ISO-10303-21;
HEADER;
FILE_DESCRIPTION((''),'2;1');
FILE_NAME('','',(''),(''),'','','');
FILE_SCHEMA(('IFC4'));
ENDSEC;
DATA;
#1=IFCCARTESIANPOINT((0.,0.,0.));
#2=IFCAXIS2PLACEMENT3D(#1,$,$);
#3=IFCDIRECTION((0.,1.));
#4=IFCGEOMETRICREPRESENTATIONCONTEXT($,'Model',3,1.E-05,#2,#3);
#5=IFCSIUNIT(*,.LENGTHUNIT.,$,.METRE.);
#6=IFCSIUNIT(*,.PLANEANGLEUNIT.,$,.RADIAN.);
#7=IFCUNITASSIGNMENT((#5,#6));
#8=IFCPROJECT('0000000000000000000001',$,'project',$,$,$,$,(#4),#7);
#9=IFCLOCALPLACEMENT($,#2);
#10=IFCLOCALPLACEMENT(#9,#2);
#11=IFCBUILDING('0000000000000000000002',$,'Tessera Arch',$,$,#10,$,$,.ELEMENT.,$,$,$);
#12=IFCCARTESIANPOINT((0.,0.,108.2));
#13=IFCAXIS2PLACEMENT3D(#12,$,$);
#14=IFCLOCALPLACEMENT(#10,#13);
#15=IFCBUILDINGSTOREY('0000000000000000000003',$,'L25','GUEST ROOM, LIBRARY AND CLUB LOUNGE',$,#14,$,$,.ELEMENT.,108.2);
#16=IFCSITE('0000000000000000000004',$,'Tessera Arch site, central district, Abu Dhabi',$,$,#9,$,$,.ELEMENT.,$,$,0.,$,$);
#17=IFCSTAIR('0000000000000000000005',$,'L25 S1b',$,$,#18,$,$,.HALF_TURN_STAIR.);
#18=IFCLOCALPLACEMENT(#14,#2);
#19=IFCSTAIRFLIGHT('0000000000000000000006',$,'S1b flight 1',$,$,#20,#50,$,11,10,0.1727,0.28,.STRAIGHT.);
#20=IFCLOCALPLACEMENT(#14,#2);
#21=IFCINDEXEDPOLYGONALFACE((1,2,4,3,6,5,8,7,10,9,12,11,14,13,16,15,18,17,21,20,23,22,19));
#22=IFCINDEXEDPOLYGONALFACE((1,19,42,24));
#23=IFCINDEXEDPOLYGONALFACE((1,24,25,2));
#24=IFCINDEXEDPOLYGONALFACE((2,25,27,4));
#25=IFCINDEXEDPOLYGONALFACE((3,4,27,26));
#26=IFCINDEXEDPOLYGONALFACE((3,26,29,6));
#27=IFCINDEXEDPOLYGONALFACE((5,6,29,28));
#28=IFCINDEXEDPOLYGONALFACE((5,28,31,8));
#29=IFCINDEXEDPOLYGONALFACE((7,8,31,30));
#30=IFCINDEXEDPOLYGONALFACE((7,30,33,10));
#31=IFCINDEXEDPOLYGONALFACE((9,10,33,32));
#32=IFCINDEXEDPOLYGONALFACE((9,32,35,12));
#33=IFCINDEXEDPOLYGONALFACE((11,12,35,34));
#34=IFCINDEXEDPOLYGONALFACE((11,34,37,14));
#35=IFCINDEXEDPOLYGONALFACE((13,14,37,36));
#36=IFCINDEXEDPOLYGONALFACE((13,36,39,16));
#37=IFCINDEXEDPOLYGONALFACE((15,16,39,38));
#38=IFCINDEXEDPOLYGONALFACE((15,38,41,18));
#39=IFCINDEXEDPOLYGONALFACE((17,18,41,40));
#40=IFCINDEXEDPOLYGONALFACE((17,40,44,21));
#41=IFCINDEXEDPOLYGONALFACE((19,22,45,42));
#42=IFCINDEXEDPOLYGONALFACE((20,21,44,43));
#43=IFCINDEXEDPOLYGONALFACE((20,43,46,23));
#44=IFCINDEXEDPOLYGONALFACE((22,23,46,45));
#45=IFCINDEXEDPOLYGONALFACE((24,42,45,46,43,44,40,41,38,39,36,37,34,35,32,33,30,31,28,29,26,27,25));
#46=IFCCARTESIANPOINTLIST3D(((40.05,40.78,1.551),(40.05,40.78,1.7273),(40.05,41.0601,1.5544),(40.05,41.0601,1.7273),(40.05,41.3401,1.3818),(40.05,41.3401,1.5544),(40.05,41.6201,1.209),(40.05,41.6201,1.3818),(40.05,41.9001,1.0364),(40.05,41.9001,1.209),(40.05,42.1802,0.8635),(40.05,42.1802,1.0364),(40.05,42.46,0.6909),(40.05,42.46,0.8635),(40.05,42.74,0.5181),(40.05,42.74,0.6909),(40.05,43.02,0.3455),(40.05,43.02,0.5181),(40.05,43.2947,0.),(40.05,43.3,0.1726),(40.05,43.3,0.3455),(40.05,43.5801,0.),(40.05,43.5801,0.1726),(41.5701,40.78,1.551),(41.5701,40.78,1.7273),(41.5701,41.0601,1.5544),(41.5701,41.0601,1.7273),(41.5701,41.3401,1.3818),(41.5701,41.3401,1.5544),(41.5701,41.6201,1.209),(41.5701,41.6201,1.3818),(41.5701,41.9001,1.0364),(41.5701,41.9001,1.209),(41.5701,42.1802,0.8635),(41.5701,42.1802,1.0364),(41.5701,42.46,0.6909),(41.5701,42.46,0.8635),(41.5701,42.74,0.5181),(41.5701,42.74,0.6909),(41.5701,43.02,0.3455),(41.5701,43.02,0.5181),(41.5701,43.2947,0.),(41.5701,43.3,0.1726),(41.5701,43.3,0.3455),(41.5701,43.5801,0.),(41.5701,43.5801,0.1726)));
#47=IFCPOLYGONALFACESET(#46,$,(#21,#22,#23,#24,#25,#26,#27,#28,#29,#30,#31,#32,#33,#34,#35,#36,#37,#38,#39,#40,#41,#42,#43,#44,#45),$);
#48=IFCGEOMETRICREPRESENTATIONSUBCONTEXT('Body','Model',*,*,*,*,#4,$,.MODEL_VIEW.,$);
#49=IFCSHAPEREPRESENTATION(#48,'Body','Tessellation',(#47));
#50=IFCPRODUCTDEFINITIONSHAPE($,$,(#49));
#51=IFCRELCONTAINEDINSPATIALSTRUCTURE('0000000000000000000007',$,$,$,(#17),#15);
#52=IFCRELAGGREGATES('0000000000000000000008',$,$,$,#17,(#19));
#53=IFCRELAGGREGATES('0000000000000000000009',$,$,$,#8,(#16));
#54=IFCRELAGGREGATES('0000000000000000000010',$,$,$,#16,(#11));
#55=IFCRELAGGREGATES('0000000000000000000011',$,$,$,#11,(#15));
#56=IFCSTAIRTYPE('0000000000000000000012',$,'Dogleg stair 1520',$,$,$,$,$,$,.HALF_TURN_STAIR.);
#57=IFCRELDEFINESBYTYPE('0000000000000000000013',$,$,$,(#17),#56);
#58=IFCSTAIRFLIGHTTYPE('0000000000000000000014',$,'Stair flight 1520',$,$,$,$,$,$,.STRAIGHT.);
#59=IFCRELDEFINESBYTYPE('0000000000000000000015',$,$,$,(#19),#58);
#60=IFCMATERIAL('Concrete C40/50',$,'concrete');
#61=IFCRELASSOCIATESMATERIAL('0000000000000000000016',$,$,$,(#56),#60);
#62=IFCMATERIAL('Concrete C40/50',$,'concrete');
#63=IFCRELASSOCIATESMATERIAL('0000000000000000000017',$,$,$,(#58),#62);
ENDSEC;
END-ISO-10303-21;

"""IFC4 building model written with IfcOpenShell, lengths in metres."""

from ifc_helpers import new_model, si_unit, direction, frame, origin, place, context, subcontext, project, spatial, polyline, outline, extrude, material, type_object, element, aggregate, save


model = new_model("IFC4")

# Units and contexts
model_context = context("Model", 3, precision=1e-05, world=origin(), true_north=direction((0.0, 1.0)))
body_context = subcontext(model_context, "Body", "Model", "MODEL_VIEW")
ifc_project = project(units=[si_unit("LENGTHUNIT", "METRE"), si_unit("PLANEANGLEUNIT", "RADIAN")], contexts=[model_context])

# Site, building, storey
site_placement = place(None, origin())
site = spatial("IfcSite", under=ifc_project, at=site_placement, Name="Tessera Arch site, central district, Abu Dhabi", CompositionType="ELEMENT", RefElevation=0.0)
building_placement = place(site_placement, origin())
building = spatial("IfcBuilding", under=site, at=building_placement, Name="Tessera Arch", CompositionType="ELEMENT")
storey_placement = place(building_placement, frame((0.0, 0.0, 108.2)))
storey = spatial("IfcBuildingStorey", under=building, at=storey_placement, Name="L25", Description="GUEST ROOM, LIBRARY AND CLUB LOUNGE", CompositionType="ELEMENT", Elevation=108.2)

# Stair, stair flight
ifc_material_1 = material(Name="Concrete C40/50", Category="concrete")
stair_type = type_object("IfcStairType", Name="Dogleg stair 1520", PredefinedType="HALF_TURN_STAIR", material=ifc_material_1)
ifc_material_2 = material(Name="Concrete C40/50", Category="concrete")
stair_flight_type = type_object("IfcStairFlightType", Name="Stair flight 1520", PredefinedType="STRAIGHT", material=ifc_material_2)
stair_1_placement = place(storey_placement, origin())
stair_1 = element("IfcStair", 1, at=stair_1_placement, inside=storey, type_object=stair_type, Name="L25 S1b", PredefinedType="HALF_TURN_STAIR")
stair_flight_1_placement = place(storey_placement, frame((40.8101, 43.5801, 0.0), z_axis=(0.0, 0.0, 1.0), x_axis=(0.0, -1.0, 0.0)))
stair_flight_1 = element("IfcStairFlight", 2, at=stair_flight_1_placement, type_object=stair_flight_type, Name="S1b flight 1", NumberOfRisers=11, NumberOfTreads=10, PredefinedType="STRAIGHT", RiserHeight=0.1727, TreadLength=0.28, context=body_context, shape_type="SweptSolid", body=[
    extrude(outline(polyline([(0.0, 0.0), (0.0, 0.1726), (0.28, 0.1726), (0.28, 0.3455), (0.5601, 0.3455), (0.5601, 0.5181), (0.8401, 0.5181), (0.8401, 0.6909), (1.1201, 0.6909), (1.1201, 0.8635), (1.3999, 0.8635), (1.3999, 1.0364), (1.6799, 1.0364), (1.6799, 1.209), (1.96, 1.209), (1.96, 1.3818), (2.24, 1.3818), (2.24, 1.5544), (2.52, 1.5544), (2.52, 1.7273), (2.8, 1.7273), (2.8, 1.8999), (2.8, 1.551), (0.2854, 0.0), (0.0, 0.0)])), frame((0.0, 0.76, 0.0), z_axis=(0.0, -1.0, 0.0), x_axis=(1.0, 0.0, 0.0)), (0.0, 0.0, 1.0), 1.52),
])
aggregate(stair_1, [stair_flight_1])

save(model, "model.ifc")
